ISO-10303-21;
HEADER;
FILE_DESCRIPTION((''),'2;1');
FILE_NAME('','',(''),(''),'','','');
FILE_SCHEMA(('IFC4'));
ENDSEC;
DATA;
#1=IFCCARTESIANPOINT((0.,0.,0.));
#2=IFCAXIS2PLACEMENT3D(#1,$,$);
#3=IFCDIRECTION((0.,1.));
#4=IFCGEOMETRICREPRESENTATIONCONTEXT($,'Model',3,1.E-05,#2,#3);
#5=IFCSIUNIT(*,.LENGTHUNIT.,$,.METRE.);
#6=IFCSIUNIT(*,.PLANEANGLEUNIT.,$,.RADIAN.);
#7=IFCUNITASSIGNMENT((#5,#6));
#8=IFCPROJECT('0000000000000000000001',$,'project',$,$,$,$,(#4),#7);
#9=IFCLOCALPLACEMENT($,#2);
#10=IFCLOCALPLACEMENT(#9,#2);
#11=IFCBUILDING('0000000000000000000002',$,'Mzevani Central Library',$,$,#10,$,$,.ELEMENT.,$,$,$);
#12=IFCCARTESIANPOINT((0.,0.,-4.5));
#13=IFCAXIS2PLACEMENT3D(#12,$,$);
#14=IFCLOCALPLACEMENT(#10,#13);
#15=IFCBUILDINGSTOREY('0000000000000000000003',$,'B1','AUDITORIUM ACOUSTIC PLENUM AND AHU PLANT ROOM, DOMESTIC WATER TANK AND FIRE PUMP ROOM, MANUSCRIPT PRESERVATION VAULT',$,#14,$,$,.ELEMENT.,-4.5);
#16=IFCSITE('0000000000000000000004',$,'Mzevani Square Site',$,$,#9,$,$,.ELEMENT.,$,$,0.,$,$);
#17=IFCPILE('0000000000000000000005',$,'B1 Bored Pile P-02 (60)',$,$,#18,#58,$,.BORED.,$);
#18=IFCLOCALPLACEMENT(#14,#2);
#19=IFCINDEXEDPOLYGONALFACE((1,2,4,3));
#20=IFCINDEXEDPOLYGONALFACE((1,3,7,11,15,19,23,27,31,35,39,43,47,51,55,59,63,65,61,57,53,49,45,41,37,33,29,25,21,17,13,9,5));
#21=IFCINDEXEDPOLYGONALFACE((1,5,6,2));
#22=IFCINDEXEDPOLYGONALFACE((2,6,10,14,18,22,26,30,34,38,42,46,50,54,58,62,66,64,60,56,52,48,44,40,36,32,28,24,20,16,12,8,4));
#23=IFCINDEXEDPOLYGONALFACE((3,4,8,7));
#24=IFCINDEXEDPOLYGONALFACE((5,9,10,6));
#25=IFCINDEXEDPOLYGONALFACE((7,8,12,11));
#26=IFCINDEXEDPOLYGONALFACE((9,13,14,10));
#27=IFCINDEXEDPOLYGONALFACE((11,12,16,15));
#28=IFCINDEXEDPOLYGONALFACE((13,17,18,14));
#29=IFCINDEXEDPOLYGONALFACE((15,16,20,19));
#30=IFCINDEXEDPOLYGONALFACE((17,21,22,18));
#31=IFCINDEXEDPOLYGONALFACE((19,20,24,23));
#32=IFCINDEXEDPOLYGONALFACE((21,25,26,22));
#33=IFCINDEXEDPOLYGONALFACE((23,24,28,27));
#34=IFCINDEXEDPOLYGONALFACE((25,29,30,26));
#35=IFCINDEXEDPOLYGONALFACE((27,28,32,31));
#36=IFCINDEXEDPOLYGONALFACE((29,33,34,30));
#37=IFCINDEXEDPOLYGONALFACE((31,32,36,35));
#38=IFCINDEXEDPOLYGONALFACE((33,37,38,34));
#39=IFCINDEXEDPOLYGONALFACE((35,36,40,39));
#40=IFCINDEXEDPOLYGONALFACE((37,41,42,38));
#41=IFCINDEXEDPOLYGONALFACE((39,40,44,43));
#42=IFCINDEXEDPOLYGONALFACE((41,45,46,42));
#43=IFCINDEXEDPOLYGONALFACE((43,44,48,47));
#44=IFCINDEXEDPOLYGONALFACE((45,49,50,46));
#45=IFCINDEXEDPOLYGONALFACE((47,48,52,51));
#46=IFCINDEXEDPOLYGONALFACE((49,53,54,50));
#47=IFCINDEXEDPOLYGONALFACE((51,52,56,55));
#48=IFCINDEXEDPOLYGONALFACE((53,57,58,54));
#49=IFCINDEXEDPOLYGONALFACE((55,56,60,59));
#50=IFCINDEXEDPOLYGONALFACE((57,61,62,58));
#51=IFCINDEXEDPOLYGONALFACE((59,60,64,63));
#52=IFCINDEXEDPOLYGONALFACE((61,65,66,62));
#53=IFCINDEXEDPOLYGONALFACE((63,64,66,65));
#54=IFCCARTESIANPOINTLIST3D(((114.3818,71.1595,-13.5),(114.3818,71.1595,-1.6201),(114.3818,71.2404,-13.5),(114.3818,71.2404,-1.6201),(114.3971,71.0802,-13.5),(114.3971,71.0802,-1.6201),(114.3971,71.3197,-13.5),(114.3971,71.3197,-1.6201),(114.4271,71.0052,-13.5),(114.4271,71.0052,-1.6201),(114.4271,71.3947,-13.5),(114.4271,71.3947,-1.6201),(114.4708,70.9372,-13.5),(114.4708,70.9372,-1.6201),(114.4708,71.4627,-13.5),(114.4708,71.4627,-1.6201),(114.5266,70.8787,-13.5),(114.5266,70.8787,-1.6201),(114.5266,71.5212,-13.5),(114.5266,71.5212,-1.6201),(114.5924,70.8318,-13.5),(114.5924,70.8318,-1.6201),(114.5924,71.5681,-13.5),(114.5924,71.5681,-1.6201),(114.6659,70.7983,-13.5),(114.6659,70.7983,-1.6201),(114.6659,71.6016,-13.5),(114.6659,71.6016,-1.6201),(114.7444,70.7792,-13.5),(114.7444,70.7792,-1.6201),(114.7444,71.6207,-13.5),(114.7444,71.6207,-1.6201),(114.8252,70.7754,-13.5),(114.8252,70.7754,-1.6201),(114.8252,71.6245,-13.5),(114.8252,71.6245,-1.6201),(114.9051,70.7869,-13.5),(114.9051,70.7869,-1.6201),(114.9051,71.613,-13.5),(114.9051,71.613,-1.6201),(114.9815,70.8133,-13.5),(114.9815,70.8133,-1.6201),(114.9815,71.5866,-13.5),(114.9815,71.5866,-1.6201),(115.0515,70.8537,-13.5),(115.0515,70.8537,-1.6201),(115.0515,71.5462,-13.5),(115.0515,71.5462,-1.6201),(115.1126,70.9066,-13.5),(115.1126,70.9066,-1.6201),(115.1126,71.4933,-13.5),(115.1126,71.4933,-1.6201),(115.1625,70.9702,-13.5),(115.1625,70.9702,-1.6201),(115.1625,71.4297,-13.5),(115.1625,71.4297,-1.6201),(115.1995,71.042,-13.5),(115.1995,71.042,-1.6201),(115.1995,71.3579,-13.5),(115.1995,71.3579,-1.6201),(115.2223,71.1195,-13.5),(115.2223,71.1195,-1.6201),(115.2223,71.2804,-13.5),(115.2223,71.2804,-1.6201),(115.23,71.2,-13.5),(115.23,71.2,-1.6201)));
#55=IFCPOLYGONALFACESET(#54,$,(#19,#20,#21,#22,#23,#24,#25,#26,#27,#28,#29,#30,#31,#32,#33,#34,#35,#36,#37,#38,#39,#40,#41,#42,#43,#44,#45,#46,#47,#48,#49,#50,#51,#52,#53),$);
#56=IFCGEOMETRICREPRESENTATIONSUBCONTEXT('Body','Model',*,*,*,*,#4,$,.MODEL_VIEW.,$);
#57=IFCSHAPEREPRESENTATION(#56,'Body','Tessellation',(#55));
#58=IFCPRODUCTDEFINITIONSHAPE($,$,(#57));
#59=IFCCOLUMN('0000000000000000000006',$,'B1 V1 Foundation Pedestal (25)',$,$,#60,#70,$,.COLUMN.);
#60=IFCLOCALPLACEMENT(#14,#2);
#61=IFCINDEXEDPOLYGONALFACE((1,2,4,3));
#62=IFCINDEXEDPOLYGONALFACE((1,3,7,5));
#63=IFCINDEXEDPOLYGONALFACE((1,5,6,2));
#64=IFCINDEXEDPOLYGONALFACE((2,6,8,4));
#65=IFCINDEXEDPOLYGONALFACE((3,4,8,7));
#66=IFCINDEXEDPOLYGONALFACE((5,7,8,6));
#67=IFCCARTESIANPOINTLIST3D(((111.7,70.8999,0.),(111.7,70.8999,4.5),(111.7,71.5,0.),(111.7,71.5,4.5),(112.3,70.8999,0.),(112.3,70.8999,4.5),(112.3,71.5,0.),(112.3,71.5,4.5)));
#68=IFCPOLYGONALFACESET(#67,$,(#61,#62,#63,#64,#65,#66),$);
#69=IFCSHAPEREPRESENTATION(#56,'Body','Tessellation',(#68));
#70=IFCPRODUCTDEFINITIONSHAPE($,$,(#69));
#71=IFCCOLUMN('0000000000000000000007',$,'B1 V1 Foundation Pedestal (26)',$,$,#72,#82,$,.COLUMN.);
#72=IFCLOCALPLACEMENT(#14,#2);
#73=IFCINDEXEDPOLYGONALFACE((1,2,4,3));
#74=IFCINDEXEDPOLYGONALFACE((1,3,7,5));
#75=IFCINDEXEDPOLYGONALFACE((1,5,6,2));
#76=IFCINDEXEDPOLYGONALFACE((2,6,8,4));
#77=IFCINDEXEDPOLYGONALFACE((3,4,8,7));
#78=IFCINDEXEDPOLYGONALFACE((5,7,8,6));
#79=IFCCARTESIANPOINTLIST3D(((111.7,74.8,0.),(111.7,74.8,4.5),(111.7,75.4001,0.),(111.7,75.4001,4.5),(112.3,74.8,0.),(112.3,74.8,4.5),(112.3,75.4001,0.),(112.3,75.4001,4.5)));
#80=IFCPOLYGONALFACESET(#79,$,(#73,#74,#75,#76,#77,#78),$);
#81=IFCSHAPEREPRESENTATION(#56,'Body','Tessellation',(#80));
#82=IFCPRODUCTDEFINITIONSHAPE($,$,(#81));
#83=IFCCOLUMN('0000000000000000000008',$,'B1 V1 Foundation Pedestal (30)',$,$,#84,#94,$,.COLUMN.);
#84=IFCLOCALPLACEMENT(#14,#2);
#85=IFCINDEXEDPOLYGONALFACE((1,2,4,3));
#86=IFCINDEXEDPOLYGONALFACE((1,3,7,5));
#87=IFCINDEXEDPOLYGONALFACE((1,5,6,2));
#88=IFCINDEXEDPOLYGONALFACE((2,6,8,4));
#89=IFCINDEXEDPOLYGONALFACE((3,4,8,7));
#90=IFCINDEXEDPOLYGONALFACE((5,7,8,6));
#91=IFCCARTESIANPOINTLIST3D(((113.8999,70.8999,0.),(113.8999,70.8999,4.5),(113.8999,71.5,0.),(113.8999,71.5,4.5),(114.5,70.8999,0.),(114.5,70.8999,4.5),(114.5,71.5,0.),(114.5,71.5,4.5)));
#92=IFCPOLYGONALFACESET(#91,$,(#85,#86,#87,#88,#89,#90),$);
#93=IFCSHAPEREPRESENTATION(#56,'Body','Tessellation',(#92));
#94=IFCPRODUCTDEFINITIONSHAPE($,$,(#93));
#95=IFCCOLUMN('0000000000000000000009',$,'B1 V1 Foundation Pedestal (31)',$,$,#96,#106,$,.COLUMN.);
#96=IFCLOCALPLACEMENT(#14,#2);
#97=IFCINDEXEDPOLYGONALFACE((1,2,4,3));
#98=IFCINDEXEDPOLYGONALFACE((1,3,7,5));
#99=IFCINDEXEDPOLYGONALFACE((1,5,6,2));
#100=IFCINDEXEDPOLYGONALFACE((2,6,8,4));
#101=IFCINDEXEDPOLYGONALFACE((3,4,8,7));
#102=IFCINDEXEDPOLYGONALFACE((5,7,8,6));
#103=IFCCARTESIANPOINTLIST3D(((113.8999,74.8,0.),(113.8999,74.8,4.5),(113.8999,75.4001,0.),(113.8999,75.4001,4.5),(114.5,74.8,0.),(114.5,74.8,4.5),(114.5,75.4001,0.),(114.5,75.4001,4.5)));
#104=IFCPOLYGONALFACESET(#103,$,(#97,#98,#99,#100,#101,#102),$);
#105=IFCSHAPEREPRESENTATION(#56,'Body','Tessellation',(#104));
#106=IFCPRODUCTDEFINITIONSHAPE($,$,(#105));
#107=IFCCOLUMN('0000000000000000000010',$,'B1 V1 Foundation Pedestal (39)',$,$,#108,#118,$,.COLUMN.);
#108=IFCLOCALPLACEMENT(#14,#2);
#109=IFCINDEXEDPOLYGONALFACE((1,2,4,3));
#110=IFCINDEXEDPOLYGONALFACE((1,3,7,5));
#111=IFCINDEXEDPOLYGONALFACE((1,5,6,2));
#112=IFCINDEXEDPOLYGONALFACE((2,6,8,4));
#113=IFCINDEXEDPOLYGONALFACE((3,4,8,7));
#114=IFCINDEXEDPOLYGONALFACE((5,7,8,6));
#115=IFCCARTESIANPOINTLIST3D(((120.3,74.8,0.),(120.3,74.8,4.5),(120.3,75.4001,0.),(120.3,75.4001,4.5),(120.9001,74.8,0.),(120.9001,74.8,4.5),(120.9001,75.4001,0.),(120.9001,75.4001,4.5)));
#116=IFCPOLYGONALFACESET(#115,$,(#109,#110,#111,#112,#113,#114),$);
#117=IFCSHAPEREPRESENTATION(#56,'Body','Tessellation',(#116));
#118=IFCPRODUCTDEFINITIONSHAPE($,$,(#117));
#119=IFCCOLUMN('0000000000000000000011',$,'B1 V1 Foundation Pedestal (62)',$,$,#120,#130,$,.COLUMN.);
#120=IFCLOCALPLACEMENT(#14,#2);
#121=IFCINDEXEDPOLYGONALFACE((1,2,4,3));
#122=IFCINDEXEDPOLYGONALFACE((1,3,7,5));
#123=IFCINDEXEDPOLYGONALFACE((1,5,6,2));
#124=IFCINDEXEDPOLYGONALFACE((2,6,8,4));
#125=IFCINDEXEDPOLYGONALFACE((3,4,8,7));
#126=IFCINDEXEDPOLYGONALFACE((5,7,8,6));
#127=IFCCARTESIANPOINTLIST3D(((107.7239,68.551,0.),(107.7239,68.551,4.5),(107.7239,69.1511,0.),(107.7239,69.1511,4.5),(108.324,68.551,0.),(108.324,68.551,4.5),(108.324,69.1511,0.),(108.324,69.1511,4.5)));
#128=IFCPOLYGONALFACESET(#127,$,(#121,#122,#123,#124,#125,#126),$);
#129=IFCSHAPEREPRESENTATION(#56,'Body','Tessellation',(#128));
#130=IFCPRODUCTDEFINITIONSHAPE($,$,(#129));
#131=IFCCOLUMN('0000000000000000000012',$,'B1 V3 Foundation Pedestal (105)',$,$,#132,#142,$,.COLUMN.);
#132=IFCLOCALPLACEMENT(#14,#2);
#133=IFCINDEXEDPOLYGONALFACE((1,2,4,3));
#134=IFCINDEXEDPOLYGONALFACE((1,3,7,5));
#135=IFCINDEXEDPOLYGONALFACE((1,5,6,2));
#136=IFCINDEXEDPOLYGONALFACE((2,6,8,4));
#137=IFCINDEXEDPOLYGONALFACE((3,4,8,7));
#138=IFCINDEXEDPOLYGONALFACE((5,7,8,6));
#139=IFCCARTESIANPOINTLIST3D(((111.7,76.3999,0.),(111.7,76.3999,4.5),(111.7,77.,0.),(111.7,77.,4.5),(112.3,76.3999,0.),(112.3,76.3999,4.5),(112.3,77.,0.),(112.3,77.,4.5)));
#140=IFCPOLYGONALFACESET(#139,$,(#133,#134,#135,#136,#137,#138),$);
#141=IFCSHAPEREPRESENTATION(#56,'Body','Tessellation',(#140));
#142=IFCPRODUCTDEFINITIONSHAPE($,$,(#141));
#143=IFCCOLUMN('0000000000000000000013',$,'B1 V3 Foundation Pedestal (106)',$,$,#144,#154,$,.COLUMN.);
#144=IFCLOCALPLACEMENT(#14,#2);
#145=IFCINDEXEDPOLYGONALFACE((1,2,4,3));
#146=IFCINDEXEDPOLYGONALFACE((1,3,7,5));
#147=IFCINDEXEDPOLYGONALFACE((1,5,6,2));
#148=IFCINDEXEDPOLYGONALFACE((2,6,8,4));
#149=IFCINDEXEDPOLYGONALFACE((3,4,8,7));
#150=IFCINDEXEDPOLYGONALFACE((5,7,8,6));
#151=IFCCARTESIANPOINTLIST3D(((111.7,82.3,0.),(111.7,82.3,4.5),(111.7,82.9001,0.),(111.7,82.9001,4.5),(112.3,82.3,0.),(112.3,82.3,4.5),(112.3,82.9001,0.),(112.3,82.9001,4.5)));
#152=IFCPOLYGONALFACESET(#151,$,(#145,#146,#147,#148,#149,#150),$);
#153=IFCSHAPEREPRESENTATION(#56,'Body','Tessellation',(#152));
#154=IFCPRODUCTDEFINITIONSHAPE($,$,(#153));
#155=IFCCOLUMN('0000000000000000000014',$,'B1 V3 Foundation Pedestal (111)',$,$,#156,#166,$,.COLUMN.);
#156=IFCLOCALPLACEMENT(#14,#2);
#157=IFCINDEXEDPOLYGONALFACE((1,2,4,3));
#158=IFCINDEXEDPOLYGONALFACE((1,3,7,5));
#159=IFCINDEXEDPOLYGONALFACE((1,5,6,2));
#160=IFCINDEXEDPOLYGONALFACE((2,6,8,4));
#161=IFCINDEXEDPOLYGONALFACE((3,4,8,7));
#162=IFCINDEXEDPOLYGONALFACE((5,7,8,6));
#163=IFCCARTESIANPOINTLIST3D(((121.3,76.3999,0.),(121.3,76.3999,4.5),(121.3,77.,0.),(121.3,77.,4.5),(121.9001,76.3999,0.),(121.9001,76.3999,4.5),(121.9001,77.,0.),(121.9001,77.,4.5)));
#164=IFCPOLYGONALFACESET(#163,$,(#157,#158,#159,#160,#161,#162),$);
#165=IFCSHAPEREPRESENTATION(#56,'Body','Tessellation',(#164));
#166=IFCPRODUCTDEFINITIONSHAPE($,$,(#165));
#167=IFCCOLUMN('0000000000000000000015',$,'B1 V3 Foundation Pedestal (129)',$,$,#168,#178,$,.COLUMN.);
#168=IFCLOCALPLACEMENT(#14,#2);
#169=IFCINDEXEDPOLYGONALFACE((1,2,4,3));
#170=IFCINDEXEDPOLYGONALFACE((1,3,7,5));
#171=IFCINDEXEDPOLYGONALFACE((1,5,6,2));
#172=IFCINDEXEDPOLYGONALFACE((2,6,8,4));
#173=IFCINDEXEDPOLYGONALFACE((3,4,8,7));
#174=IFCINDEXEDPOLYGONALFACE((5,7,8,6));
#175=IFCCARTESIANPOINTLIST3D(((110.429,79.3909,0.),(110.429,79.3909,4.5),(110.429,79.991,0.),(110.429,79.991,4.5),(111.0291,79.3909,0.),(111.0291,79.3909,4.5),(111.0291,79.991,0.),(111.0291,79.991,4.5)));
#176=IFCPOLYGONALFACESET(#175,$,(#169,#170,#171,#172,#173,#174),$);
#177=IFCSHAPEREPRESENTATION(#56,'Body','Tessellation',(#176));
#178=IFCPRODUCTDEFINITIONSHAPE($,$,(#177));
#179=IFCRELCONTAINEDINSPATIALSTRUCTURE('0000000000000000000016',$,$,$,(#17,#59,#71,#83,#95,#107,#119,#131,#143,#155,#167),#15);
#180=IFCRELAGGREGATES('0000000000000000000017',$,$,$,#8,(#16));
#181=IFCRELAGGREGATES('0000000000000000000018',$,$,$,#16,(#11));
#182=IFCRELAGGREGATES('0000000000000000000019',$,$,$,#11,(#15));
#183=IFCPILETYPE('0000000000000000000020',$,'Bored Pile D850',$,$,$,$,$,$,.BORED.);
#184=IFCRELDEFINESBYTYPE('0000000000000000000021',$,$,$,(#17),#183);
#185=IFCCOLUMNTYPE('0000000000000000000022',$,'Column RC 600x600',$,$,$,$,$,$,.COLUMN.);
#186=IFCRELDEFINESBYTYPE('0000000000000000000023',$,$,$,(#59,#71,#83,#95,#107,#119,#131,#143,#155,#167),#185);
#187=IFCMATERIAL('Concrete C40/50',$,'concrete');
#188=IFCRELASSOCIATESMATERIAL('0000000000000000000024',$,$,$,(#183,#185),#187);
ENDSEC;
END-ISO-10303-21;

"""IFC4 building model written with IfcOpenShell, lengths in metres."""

from ifc_helpers import new_model, si_unit, direction, frame, origin, origin_2d, place, context, subcontext, project, spatial, rectangle, circle, extrude, material, material_profile, profile_set, type_object, element, save


model = new_model("IFC4")

# Units and contexts
model_context = context("Model", 3, precision=1e-05, world=origin(), true_north=direction((0.0, 1.0)))
body_context = subcontext(model_context, "Body", "Model", "MODEL_VIEW")
ifc_project = project(units=[si_unit("LENGTHUNIT", "METRE"), si_unit("PLANEANGLEUNIT", "RADIAN")], contexts=[model_context])

# Site, building, storey
site_placement = place(None, origin())
site = spatial("IfcSite", under=ifc_project, at=site_placement, Name="Mzevani Square Site", CompositionType="ELEMENT", RefElevation=0.0)
building_placement = place(site_placement, origin())
building = spatial("IfcBuilding", under=site, at=building_placement, Name="Mzevani Central Library", CompositionType="ELEMENT")
storey_placement = place(building_placement, frame((0.0, 0.0, -4.5)))
storey = spatial("IfcBuildingStorey", under=building, at=storey_placement, Name="B1", Description="AUDITORIUM ACOUSTIC PLENUM AND AHU PLANT ROOM, DOMESTIC WATER TANK AND FIRE PUMP ROOM, MANUSCRIPT PRESERVATION VAULT", CompositionType="ELEMENT", Elevation=-4.5)

# Pile
ifc_material_1 = material(Name="Concrete C40/50", Category="concrete")
ifc_material_profile_1 = material_profile(ifc_material_1, circle(Radius=0.425, at=origin_2d()), Name="PILE D850")
ifc_profile_set_1 = profile_set([ifc_material_profile_1], Name="Concrete C40/50")
pile_type_1 = type_object("IfcPileType", Name="Bored Pile D850", PredefinedType="BORED", material=ifc_profile_set_1)
for number, where, z_axis, x_axis, name in (
    (1, (114.8049, 71.2, -1.6201), (0.0, 0.0, -1.0), (1.0, 0.0, 0.0), "B1 Bored Pile P-02 (60)"),
):
    element("IfcPile", number, at=place(storey_placement, frame(where, z_axis=z_axis, x_axis=x_axis)), inside=storey, type_object=pile_type_1, Name=name, PredefinedType="BORED", context=body_context, shape_type="SweptSolid", body=[
        extrude(circle(Radius=0.425, at=origin_2d()), origin(), (0.0, 0.0, 1.0), 11.8799),
    ])

# Columns
ifc_material_profile_2 = material_profile(ifc_material_1, rectangle(XDim=0.6001, YDim=0.6001, at=origin_2d()), Name="RC 600x600")
ifc_profile_set_2 = profile_set([ifc_material_profile_2], Name="Concrete C40/50")
column_type_1 = type_object("IfcColumnType", Name="Column RC 600x600", PredefinedType="COLUMN", material=ifc_profile_set_2)
for number, where, z_axis, x_axis, name in (
    (2, (112.0, 71.2, 0.0), (0.0, 0.0, 1.0), (1.0, 0.0, 0.0), "B1 V1 Foundation Pedestal (25)"),
    (3, (112.0, 75.1001, 0.0), (0.0, 0.0, 1.0), (1.0, 0.0, 0.0), "B1 V1 Foundation Pedestal (26)"),
    (4, (114.2, 71.2, 0.0), (0.0, 0.0, 1.0), (1.0, 0.0, 0.0), "B1 V1 Foundation Pedestal (30)"),
    (5, (114.2, 75.1001, 0.0), (0.0, 0.0, 1.0), (1.0, 0.0, 0.0), "B1 V1 Foundation Pedestal (31)"),
    (6, (120.6001, 75.1001, 0.0), (0.0, 0.0, 1.0), (1.0, 0.0, 0.0), "B1 V1 Foundation Pedestal (39)"),
    (7, (108.0239, 68.8511, 0.0), (0.0, 0.0, 1.0), (1.0, 0.0, 0.0), "B1 V1 Foundation Pedestal (62)"),
    (8, (112.0, 76.7, 0.0), (0.0, 0.0, 1.0), (1.0, 0.0, 0.0), "B1 V3 Foundation Pedestal (105)"),
    (9, (112.0, 82.6001, 0.0), (0.0, 0.0, 1.0), (1.0, 0.0, 0.0), "B1 V3 Foundation Pedestal (106)"),
    (10, (121.6001, 76.7, 0.0), (0.0, 0.0, 1.0), (1.0, 0.0, 0.0), "B1 V3 Foundation Pedestal (111)"),
    (11, (110.729, 79.6909, 0.0), (0.0, 0.0, 1.0), (1.0, 0.0, 0.0), "B1 V3 Foundation Pedestal (129)"),
):
    element("IfcColumn", number, at=place(storey_placement, frame(where, z_axis=z_axis, x_axis=x_axis)), inside=storey, type_object=column_type_1, Name=name, PredefinedType="COLUMN", context=body_context, shape_type="SweptSolid", body=[
        extrude(rectangle(XDim=0.6001, YDim=0.6001, at=origin_2d()), origin(), (0.0, 0.0, 1.0), 4.5),
    ])

save(model, "model.ifc")
